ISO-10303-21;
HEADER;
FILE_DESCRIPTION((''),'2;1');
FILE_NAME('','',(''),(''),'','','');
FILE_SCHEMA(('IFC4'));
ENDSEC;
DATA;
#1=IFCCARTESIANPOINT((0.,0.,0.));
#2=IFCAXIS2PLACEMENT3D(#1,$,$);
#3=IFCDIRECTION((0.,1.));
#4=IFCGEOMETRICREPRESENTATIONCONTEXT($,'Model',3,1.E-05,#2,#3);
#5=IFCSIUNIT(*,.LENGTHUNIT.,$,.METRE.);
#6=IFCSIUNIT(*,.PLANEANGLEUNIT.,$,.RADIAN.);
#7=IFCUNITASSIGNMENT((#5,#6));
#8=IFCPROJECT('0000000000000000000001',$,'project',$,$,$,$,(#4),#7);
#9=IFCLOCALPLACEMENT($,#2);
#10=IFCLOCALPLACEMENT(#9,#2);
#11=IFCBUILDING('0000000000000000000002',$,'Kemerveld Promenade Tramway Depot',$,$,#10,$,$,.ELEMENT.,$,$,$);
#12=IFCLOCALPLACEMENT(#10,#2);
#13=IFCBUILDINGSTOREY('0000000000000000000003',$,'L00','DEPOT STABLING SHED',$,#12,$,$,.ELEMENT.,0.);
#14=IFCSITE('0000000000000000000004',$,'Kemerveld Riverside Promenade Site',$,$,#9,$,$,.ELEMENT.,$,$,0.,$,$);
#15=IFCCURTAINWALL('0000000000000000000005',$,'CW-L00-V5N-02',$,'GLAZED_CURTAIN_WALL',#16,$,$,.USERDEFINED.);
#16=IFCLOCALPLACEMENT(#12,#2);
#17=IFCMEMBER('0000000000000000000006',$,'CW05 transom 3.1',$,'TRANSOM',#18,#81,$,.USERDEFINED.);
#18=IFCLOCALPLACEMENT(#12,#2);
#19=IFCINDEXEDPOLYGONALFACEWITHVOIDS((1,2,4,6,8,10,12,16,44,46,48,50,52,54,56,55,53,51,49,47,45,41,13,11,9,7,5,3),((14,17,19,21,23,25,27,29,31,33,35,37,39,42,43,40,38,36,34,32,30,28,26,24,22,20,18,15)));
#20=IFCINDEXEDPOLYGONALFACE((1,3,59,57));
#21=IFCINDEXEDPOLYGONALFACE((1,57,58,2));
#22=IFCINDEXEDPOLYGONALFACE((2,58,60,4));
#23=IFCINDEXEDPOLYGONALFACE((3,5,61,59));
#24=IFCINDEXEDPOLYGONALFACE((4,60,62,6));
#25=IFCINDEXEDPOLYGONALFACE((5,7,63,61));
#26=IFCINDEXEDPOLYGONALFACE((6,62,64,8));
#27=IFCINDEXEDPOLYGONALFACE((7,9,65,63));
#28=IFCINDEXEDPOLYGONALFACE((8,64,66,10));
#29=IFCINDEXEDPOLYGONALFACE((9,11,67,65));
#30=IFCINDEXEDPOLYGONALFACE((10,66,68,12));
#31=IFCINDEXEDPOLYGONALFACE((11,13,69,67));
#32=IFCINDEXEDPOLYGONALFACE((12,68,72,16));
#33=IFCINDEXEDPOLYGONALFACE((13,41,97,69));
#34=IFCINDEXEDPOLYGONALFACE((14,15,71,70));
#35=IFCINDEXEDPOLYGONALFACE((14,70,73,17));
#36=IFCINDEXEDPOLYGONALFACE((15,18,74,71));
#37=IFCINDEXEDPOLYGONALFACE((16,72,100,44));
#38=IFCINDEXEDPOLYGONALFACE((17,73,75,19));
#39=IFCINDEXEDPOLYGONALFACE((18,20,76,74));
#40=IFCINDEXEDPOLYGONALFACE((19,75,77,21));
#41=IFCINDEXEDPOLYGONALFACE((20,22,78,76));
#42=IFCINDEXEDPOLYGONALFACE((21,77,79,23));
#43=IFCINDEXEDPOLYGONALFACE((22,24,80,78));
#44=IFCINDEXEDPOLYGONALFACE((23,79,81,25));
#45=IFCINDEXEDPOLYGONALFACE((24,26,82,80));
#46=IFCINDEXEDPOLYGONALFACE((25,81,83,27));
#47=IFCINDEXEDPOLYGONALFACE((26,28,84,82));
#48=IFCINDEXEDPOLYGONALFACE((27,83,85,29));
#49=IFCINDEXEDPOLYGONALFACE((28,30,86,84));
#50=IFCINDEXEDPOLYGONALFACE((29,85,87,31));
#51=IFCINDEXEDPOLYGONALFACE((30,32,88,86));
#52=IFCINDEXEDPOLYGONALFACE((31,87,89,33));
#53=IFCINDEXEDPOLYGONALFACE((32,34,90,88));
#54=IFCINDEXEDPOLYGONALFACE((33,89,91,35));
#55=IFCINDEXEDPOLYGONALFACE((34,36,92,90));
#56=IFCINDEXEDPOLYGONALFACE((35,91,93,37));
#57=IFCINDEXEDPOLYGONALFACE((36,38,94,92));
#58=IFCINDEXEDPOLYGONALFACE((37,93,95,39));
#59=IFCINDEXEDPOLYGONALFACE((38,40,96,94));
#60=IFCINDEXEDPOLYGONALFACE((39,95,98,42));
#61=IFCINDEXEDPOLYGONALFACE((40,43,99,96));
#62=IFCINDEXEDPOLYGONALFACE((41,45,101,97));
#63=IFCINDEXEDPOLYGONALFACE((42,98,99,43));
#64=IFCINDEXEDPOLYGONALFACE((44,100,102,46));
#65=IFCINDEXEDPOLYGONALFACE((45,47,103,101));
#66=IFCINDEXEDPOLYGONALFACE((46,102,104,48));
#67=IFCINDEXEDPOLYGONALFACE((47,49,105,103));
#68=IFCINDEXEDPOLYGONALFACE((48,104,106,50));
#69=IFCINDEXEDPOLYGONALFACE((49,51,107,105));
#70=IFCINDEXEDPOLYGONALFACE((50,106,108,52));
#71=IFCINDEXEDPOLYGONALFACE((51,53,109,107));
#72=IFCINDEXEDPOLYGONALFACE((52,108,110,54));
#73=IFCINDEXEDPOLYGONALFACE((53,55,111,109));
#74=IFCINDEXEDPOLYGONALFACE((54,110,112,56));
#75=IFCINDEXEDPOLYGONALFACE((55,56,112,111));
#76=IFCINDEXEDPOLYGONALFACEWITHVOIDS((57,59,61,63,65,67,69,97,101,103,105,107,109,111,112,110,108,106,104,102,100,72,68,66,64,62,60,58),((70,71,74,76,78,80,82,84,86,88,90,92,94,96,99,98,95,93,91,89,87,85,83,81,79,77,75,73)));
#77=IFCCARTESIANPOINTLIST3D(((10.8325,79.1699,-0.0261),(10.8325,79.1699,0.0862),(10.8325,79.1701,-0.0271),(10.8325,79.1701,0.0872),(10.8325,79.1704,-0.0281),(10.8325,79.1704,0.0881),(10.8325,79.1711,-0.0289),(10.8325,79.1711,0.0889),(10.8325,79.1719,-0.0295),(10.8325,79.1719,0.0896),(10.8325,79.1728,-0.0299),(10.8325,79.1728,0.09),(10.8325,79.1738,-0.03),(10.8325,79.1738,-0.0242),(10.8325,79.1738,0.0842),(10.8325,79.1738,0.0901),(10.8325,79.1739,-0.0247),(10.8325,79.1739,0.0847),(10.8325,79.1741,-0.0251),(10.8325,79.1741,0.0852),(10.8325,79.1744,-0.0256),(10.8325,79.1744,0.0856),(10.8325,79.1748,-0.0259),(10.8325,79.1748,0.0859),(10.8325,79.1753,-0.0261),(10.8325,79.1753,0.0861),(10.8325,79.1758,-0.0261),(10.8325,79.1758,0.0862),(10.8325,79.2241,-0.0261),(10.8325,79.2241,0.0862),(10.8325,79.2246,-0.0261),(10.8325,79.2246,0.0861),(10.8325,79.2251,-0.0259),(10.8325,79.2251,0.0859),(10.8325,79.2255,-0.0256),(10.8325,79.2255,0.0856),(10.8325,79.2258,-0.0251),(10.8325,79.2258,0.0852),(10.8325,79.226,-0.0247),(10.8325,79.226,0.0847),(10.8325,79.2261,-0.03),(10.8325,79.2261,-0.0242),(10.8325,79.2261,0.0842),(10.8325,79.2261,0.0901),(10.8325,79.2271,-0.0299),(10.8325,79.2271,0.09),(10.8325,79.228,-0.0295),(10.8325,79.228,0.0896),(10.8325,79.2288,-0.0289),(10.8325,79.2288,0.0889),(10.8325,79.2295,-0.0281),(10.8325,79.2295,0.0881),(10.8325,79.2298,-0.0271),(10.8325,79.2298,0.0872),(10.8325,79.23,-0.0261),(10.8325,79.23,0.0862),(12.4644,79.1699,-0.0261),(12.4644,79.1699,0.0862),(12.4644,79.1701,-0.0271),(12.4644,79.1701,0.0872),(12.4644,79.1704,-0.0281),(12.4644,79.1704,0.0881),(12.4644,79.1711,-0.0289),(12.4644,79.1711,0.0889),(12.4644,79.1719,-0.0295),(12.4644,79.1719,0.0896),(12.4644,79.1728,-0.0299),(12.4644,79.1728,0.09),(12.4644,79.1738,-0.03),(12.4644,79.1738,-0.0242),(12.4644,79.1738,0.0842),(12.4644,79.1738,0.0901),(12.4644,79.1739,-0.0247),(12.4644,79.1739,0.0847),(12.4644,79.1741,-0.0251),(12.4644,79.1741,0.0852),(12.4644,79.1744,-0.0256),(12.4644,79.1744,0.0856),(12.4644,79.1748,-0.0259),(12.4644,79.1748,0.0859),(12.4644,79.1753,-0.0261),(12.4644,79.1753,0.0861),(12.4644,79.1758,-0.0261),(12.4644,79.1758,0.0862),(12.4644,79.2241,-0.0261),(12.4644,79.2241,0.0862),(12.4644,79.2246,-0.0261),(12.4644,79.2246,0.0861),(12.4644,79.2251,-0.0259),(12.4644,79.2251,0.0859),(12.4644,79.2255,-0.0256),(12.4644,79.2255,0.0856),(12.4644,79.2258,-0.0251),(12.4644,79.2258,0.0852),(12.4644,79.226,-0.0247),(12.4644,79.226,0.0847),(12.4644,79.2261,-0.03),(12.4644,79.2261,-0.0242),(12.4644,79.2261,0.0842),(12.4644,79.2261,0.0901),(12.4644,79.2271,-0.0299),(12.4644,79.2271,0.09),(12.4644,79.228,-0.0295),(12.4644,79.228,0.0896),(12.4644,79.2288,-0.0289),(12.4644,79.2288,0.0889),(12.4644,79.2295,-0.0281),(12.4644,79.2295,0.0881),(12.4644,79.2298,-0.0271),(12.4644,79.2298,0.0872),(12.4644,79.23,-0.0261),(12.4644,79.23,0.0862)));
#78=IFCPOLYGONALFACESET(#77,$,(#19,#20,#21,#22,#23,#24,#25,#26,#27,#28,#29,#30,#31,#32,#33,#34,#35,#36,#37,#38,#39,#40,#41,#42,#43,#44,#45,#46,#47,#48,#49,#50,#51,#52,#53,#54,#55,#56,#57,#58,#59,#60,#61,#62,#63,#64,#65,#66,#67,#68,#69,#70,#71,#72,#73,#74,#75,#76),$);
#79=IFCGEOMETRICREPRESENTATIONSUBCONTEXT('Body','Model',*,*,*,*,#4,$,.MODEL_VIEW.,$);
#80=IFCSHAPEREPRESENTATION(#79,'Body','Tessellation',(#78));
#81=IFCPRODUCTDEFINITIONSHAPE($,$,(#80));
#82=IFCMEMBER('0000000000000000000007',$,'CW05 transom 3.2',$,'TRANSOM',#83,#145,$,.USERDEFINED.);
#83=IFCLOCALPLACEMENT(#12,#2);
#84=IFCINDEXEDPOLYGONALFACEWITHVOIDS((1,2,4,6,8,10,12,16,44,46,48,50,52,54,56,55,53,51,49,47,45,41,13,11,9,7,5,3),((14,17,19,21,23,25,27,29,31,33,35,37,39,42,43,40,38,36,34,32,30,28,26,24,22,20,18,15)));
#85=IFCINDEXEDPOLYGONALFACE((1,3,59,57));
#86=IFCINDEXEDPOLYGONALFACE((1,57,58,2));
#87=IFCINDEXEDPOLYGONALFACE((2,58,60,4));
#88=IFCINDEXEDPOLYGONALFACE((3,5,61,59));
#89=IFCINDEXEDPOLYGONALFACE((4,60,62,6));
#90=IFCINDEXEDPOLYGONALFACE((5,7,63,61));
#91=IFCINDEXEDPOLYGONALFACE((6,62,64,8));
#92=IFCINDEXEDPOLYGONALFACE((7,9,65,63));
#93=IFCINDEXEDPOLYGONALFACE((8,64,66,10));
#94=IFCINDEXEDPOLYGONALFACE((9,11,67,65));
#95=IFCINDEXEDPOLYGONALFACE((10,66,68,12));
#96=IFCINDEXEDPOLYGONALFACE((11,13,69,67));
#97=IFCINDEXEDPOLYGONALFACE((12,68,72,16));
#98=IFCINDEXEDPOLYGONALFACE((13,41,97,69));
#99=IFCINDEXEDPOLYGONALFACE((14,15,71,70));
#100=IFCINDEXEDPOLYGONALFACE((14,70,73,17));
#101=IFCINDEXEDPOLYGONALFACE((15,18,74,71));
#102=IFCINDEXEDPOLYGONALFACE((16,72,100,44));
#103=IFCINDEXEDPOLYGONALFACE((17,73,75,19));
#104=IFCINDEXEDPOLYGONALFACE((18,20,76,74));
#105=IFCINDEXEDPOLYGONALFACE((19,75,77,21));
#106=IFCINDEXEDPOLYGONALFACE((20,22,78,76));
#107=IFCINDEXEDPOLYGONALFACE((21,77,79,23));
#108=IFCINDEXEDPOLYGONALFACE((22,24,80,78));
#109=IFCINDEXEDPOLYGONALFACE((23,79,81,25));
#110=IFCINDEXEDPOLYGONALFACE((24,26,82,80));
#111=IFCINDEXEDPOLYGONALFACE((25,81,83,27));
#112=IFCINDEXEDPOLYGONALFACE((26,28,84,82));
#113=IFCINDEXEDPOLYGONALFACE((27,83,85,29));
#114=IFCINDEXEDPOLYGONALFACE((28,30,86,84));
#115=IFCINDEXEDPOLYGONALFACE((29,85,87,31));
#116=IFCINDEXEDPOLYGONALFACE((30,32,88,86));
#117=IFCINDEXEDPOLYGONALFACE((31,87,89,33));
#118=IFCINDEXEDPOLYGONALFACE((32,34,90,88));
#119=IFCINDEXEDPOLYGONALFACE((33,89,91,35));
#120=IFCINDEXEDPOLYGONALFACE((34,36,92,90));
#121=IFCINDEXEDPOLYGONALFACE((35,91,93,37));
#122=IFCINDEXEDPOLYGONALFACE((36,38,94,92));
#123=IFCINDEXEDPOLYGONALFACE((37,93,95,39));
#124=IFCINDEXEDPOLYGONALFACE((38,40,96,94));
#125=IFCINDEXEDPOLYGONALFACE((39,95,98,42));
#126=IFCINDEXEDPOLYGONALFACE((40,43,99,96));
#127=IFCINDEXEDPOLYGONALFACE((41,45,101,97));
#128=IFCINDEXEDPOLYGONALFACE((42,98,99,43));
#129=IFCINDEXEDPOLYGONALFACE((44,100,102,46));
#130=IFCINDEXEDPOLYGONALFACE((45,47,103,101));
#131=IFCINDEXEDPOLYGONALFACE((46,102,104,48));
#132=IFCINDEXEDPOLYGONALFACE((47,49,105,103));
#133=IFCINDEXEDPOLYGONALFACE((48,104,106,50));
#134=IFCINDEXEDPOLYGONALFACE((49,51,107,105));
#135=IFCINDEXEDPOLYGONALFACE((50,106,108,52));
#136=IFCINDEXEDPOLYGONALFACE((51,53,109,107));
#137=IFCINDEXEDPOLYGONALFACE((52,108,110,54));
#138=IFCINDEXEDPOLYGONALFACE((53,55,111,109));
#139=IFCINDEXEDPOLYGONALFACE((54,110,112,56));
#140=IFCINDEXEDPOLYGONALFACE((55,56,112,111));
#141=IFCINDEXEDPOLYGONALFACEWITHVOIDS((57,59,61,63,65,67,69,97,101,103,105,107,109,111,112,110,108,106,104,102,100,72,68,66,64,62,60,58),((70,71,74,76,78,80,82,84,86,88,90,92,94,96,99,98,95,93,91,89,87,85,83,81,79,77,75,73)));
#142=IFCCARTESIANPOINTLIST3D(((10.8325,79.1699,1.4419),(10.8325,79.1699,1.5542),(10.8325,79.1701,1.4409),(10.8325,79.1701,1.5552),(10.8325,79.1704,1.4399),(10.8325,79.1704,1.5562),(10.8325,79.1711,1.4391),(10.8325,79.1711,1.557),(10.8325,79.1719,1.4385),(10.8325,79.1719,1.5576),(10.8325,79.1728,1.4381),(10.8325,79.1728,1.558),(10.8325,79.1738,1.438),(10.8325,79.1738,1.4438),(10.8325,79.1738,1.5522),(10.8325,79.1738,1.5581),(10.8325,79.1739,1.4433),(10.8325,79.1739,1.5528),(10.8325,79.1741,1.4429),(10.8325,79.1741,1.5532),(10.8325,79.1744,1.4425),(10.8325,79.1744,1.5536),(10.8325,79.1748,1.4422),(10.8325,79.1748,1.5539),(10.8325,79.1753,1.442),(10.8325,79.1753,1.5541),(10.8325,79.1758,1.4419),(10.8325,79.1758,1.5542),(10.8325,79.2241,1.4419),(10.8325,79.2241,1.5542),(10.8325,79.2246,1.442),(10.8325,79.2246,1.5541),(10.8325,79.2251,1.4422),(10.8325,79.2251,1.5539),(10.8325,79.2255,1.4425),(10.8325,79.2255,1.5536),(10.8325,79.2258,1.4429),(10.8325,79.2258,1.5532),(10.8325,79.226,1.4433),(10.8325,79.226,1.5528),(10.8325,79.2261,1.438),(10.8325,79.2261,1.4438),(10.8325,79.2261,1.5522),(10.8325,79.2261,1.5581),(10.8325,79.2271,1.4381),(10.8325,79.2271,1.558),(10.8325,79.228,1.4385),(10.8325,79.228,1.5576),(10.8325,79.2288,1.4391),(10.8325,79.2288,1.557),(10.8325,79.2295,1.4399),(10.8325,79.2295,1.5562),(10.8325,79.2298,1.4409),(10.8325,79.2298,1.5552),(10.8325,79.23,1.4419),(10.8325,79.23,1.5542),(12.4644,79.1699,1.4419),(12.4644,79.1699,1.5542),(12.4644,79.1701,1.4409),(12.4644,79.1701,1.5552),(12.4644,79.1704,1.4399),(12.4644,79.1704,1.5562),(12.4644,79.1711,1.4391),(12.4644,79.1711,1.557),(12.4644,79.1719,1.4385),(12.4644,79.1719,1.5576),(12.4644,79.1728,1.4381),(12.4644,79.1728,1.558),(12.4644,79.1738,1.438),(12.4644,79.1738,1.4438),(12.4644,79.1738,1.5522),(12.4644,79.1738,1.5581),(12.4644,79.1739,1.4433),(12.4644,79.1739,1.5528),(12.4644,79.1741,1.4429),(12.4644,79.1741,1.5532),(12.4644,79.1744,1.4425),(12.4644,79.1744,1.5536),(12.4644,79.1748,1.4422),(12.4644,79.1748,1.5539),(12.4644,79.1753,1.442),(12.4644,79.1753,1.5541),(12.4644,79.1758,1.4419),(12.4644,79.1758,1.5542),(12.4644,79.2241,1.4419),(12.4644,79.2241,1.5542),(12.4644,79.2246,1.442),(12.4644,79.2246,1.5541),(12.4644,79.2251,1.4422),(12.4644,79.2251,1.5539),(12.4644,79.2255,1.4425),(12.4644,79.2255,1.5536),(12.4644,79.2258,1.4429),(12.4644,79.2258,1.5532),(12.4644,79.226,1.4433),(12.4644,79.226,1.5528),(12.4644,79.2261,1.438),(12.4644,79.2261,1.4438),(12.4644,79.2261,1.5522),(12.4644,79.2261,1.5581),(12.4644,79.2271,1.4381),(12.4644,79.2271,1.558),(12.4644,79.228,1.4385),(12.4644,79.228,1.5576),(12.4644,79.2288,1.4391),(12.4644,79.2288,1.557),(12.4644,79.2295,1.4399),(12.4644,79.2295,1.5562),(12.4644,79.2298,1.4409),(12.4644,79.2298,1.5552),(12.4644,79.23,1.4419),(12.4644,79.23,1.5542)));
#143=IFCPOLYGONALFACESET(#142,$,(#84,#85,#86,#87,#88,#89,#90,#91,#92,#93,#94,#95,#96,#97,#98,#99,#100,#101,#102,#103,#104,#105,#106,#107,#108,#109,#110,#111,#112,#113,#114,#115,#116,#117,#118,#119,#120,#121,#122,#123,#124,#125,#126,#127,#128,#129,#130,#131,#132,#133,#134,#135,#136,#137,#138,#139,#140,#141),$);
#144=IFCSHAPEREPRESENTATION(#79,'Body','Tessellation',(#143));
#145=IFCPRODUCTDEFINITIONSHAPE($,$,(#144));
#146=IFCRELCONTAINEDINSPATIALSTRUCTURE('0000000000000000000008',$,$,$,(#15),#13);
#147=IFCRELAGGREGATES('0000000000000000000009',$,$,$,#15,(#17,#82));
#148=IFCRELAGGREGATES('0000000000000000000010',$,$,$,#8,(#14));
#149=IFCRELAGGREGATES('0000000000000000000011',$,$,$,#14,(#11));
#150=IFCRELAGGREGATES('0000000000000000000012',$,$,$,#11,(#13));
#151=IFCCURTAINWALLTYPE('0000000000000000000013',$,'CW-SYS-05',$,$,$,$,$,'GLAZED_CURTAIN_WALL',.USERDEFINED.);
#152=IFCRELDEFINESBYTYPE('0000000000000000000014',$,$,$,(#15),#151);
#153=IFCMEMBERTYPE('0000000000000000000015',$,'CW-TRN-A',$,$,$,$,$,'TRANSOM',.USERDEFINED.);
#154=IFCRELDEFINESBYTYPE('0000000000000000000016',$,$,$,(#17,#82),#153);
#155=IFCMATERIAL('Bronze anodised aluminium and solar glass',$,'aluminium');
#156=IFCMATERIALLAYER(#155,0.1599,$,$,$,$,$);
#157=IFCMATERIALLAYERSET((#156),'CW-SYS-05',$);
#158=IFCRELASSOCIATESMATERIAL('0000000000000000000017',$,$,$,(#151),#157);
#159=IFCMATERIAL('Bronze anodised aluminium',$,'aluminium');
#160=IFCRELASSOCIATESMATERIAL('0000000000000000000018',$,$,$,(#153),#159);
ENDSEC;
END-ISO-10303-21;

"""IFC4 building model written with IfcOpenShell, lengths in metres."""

from ifc_helpers import new_model, si_unit, direction, frame, origin, origin_2d, place, context, subcontext, project, spatial, hollow_rectangle, extrude, material, layer, layer_set, material_profile, profile_set, type_object, element, aggregate, save


model = new_model("IFC4")

# Units and contexts
model_context = context("Model", 3, precision=1e-05, world=origin(), true_north=direction((0.0, 1.0)))
body_context = subcontext(model_context, "Body", "Model", "MODEL_VIEW")
ifc_project = project(units=[si_unit("LENGTHUNIT", "METRE"), si_unit("PLANEANGLEUNIT", "RADIAN")], contexts=[model_context])

# Site, building, storey
site_placement = place(None, origin())
site = spatial("IfcSite", under=ifc_project, at=site_placement, Name="Kemerveld Riverside Promenade Site", CompositionType="ELEMENT", RefElevation=0.0)
building_placement = place(site_placement, origin())
building = spatial("IfcBuilding", under=site, at=building_placement, Name="Kemerveld Promenade Tramway Depot", CompositionType="ELEMENT")
storey_placement = place(building_placement, origin())
storey = spatial("IfcBuildingStorey", under=building, at=storey_placement, Name="L00", Description="DEPOT STABLING SHED", CompositionType="ELEMENT", Elevation=0.0)

# Curtain wall, members
ifc_material_1 = material(Name="Bronze anodised aluminium and solar glass", Category="aluminium")
ifc_layer_1 = layer(ifc_material_1, 0.1599)
ifc_layer_set_1 = layer_set([ifc_layer_1], Name="CW-SYS-05")
curtain_wall_type = type_object("IfcCurtainWallType", Name="CW-SYS-05", ElementType="GLAZED_CURTAIN_WALL", PredefinedType="USERDEFINED", material=ifc_layer_set_1)
curtain_wall_placement = place(storey_placement, origin())
curtain_wall = element("IfcCurtainWall", 1, at=curtain_wall_placement, inside=storey, type_object=curtain_wall_type, Name="CW-L00-V5N-02", ObjectType="GLAZED_CURTAIN_WALL", PredefinedType="USERDEFINED")
ifc_material_2 = material(Name="Bronze anodised aluminium", Category="aluminium")
ifc_material_profile_1 = material_profile(ifc_material_2, hollow_rectangle(XDim=0.0601, YDim=0.1201, WallThickness=0.0039, InnerFilletRadius=0.002, OuterFilletRadius=0.0039, at=origin_2d()), Name="CW-TRN-120x60")
ifc_profile_set_1 = profile_set([ifc_material_profile_1], Name="Bronze anodised aluminium")
member_type_1 = type_object("IfcMemberType", Name="CW-TRN-A", ElementType="TRANSOM", PredefinedType="USERDEFINED", material=ifc_profile_set_1)
member_1_placement = place(storey_placement, frame((10.8325, 79.2, 0.03), z_axis=(1.0, 0.0, 0.0), x_axis=(0.0, 1.0, 0.0)))
member_1 = element("IfcMember", 2, at=member_1_placement, type_object=member_type_1, Name="CW05 transom 3.1", ObjectType="TRANSOM", PredefinedType="USERDEFINED", context=body_context, shape_type="SweptSolid", body=[
    extrude(hollow_rectangle(XDim=0.0601, YDim=0.1201, WallThickness=0.0039, InnerFilletRadius=0.002, OuterFilletRadius=0.0039, at=origin_2d()), origin(), (0.0, 0.0, 1.0), 1.6318),
])
member_2_placement = place(storey_placement, frame((10.8325, 79.2, 1.498), z_axis=(1.0, 0.0, 0.0), x_axis=(0.0, 1.0, 0.0)))
member_2 = element("IfcMember", 3, at=member_2_placement, type_object=member_type_1, Name="CW05 transom 3.2", ObjectType="TRANSOM", PredefinedType="USERDEFINED", context=body_context, shape_type="SweptSolid", body=[
    extrude(hollow_rectangle(XDim=0.0601, YDim=0.1201, WallThickness=0.0039, InnerFilletRadius=0.002, OuterFilletRadius=0.0039, at=origin_2d()), origin(), (0.0, 0.0, 1.0), 1.6318),
])
aggregate(curtain_wall, [member_1, member_2])

save(model, "model.ifc")
